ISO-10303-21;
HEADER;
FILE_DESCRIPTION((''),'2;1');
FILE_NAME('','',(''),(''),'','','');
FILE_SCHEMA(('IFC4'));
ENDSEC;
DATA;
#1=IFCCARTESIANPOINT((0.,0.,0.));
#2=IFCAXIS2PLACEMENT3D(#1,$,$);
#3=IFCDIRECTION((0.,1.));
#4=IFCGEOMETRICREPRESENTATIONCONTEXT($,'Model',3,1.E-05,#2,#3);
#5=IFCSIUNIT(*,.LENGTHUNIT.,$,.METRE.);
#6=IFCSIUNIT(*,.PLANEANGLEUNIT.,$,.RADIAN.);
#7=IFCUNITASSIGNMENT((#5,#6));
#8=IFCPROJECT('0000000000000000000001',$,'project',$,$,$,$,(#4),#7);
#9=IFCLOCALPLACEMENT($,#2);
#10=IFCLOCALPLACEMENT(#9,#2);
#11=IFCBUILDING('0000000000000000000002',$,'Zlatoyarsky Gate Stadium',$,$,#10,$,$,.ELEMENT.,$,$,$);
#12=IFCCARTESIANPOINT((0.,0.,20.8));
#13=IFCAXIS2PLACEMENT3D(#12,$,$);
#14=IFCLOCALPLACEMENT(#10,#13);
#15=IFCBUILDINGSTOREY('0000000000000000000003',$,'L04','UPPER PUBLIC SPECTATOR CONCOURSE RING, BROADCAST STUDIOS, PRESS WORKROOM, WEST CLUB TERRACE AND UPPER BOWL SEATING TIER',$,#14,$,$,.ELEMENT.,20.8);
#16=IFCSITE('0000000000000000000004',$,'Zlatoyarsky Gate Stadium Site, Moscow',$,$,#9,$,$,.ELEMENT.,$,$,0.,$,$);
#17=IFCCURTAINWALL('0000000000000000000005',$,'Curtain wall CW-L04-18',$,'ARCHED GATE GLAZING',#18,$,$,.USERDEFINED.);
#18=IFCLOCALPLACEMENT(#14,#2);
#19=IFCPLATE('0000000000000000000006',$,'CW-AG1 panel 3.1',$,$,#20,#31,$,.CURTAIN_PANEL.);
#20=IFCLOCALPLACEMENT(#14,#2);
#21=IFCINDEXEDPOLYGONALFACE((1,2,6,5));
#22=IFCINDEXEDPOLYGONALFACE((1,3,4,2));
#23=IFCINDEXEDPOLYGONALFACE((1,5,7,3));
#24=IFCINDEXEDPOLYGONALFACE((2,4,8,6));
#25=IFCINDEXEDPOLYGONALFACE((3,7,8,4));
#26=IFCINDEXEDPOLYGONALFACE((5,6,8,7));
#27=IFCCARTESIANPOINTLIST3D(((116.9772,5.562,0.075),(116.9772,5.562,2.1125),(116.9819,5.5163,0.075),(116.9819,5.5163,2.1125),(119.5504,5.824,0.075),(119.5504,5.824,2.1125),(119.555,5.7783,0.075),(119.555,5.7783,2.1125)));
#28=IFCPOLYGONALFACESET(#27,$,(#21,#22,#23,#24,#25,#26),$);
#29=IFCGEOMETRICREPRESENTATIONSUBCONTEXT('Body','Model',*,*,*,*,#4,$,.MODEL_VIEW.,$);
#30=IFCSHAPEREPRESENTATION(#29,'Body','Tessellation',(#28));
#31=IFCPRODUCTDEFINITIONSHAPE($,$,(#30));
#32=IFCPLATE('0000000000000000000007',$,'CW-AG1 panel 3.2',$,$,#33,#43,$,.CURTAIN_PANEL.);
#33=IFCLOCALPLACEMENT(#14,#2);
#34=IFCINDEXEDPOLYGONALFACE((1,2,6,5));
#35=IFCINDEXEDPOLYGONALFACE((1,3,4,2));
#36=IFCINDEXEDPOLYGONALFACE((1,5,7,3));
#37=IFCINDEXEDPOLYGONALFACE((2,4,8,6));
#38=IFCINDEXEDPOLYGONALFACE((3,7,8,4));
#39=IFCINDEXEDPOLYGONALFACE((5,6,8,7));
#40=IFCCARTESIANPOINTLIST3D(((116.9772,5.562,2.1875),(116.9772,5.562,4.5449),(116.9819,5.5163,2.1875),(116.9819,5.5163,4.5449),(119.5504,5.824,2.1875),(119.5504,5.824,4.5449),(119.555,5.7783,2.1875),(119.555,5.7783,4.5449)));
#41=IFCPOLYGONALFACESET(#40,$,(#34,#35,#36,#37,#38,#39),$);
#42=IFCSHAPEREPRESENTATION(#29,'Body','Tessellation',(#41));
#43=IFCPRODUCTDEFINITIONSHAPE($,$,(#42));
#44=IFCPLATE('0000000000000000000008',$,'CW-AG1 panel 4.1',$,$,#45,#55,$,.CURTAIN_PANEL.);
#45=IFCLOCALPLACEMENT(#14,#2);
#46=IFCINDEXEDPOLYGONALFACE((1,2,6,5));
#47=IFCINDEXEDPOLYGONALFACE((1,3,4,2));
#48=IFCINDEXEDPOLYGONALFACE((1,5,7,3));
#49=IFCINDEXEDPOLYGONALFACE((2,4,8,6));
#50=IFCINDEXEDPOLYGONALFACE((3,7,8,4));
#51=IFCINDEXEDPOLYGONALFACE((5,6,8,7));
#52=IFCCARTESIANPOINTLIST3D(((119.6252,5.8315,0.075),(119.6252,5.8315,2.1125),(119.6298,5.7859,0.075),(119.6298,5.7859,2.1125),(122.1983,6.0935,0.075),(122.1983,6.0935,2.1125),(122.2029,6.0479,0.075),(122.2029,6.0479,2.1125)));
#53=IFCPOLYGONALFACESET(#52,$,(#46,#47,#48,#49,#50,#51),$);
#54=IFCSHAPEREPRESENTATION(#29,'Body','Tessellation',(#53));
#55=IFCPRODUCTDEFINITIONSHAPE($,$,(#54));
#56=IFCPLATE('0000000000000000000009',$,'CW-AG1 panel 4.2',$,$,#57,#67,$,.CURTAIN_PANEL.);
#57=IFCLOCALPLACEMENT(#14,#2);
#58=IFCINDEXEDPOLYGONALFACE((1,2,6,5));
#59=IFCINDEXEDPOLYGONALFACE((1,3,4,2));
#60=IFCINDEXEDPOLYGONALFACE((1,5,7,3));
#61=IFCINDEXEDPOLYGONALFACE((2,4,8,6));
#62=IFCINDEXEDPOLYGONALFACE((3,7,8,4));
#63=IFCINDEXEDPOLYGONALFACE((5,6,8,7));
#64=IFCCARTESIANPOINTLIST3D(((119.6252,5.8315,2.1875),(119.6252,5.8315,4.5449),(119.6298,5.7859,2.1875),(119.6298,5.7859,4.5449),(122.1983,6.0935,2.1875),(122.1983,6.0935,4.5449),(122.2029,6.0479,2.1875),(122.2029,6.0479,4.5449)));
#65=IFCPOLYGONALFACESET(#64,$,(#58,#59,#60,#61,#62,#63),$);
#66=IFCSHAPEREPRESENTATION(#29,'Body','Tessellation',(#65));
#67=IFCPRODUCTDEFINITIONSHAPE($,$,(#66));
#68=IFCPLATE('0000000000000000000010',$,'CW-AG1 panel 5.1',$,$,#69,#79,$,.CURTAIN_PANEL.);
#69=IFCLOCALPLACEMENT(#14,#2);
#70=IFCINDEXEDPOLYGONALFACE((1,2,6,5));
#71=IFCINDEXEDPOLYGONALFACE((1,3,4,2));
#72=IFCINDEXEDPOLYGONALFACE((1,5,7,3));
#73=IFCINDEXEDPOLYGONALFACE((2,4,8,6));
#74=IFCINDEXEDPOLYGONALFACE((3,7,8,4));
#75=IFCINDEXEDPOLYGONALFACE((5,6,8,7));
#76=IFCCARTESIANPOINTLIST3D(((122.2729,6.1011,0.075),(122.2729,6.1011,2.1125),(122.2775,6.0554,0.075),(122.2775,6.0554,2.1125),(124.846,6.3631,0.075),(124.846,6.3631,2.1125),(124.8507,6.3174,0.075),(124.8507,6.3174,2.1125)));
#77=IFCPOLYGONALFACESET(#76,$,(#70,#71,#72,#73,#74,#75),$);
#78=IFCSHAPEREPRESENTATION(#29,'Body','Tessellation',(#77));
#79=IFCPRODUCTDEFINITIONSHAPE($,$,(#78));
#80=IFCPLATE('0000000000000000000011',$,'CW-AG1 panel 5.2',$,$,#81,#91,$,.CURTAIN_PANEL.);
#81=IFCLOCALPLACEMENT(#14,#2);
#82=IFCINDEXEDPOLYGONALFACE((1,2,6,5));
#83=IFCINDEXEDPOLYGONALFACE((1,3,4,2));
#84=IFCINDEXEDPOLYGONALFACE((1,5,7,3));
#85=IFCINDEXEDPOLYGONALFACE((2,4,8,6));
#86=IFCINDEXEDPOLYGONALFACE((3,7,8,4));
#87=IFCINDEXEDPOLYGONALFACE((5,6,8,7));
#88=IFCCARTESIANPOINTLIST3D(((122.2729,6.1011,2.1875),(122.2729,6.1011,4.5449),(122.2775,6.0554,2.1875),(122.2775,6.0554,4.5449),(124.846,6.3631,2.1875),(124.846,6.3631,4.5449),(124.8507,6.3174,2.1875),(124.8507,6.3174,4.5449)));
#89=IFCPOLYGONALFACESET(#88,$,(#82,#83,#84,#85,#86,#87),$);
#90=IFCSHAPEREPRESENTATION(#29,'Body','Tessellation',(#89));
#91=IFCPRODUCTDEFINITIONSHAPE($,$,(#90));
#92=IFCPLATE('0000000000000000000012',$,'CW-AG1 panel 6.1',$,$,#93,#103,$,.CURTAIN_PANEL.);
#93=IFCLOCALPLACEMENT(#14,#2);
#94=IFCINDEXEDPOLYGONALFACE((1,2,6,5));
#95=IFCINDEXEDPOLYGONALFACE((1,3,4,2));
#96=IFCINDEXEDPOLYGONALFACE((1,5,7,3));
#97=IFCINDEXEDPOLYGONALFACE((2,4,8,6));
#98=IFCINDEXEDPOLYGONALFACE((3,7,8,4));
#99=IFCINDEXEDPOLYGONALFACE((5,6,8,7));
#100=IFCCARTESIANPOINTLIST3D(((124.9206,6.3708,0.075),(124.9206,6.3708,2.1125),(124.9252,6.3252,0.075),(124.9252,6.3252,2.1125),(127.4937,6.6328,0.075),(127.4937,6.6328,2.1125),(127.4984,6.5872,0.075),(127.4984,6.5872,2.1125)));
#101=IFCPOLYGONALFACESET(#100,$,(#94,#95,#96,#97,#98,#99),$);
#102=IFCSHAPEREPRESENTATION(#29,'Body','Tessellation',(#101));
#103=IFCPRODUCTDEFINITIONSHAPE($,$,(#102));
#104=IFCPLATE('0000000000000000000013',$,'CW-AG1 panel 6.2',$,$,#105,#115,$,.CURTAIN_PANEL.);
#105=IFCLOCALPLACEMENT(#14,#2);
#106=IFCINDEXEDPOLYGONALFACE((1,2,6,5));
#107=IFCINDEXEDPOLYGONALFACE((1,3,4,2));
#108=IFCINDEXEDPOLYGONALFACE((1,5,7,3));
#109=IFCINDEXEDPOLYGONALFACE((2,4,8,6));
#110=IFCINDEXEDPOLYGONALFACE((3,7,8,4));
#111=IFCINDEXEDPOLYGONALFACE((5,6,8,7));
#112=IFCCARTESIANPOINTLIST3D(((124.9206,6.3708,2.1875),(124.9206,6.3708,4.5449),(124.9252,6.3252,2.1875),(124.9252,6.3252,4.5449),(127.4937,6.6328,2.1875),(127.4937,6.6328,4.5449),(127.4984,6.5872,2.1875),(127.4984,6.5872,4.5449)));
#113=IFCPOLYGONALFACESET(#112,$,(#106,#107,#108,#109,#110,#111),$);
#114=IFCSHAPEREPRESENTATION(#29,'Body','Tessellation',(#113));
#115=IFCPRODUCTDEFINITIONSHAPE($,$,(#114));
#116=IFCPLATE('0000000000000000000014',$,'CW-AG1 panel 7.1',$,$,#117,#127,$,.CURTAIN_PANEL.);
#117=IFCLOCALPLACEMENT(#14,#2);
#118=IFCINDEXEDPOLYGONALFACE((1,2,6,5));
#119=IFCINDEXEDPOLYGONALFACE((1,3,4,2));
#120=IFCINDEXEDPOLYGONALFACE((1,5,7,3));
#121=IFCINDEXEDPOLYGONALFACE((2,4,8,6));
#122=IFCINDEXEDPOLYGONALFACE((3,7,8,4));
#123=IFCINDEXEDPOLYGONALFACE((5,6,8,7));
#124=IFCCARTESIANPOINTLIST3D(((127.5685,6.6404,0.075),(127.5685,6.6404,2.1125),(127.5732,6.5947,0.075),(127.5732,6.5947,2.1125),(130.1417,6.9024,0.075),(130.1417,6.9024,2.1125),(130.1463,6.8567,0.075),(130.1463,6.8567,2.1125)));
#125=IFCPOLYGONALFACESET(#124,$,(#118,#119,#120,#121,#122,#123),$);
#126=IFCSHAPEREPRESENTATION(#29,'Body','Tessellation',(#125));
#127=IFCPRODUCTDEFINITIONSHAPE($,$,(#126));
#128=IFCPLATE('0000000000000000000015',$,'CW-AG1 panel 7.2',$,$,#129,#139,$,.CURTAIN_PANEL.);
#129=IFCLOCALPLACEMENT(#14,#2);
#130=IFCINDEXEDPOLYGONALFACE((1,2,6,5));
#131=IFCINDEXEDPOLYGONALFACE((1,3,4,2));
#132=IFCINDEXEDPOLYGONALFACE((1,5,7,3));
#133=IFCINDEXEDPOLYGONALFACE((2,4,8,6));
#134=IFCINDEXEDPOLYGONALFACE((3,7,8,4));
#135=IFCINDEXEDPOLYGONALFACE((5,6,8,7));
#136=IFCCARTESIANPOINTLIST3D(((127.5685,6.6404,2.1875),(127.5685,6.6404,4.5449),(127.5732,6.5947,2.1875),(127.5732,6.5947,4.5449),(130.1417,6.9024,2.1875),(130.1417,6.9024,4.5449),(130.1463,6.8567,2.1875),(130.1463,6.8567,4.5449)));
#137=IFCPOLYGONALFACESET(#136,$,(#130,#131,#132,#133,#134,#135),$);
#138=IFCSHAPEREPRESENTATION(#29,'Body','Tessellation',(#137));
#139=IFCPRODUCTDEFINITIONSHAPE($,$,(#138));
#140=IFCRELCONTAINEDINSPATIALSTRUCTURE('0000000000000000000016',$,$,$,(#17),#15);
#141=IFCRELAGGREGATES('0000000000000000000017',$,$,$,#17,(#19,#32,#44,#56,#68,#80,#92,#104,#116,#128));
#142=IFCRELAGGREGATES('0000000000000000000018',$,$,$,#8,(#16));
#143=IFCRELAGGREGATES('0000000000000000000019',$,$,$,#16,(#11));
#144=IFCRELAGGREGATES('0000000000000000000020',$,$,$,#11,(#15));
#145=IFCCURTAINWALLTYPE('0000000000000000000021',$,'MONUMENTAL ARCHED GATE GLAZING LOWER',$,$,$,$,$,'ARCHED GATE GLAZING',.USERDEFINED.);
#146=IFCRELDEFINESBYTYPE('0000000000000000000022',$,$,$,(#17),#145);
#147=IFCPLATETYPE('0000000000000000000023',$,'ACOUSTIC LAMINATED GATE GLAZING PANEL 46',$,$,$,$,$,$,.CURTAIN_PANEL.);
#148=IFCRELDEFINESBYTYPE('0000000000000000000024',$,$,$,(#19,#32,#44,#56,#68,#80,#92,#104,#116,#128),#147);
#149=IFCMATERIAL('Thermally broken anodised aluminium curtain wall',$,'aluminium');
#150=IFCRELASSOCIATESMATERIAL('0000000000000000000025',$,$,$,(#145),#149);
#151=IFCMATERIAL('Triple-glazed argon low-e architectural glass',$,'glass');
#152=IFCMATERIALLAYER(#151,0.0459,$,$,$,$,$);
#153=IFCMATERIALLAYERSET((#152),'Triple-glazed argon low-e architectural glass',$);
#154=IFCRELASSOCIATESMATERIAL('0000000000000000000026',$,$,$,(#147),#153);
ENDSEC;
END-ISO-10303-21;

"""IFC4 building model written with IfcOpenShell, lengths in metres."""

from ifc_helpers import new_model, si_unit, direction, frame, origin, origin_2d, place, context, subcontext, project, spatial, rectangle, extrude, material, layer, layer_set, type_object, element, aggregate, save


model = new_model("IFC4")

# Units and contexts
model_context = context("Model", 3, precision=1e-05, world=origin(), true_north=direction((0.0, 1.0)))
body_context = subcontext(model_context, "Body", "Model", "MODEL_VIEW")
ifc_project = project(units=[si_unit("LENGTHUNIT", "METRE"), si_unit("PLANEANGLEUNIT", "RADIAN")], contexts=[model_context])

# Site, building, storey
site_placement = place(None, origin())
site = spatial("IfcSite", under=ifc_project, at=site_placement, Name="Zlatoyarsky Gate Stadium Site, Moscow", CompositionType="ELEMENT", RefElevation=0.0)
building_placement = place(site_placement, origin())
building = spatial("IfcBuilding", under=site, at=building_placement, Name="Zlatoyarsky Gate Stadium", CompositionType="ELEMENT")
storey_placement = place(building_placement, frame((0.0, 0.0, 20.8)))
storey = spatial("IfcBuildingStorey", under=building, at=storey_placement, Name="L04", Description="UPPER PUBLIC SPECTATOR CONCOURSE RING, BROADCAST STUDIOS, PRESS WORKROOM, WEST CLUB TERRACE AND UPPER BOWL SEATING TIER", CompositionType="ELEMENT", Elevation=20.8)

# Curtain wall, plates
ifc_material_1 = material(Name="Thermally broken anodised aluminium curtain wall", Category="aluminium")
curtain_wall_type = type_object("IfcCurtainWallType", Name="MONUMENTAL ARCHED GATE GLAZING LOWER", ElementType="ARCHED GATE GLAZING", PredefinedType="USERDEFINED", material=ifc_material_1)
curtain_wall_placement = place(storey_placement, origin())
curtain_wall = element("IfcCurtainWall", 1, at=curtain_wall_placement, inside=storey, type_object=curtain_wall_type, Name="Curtain wall CW-L04-18", ObjectType="ARCHED GATE GLAZING", PredefinedType="USERDEFINED")
ifc_material_2 = material(Name="Triple-glazed argon low-e architectural glass", Category="glass")
ifc_layer = layer(ifc_material_2, 0.0459)
ifc_layer_set = layer_set([ifc_layer], Name="Triple-glazed argon low-e architectural glass")
plate_type = type_object("IfcPlateType", Name="ACOUSTIC LAMINATED GATE GLAZING PANEL 46", PredefinedType="CURTAIN_PANEL", material=ifc_layer_set)
plate_1_placement = place(storey_placement, frame((118.2661, 5.6702, 0.075), z_axis=(0.0, 0.0, 1.0), x_axis=(0.994857, 0.101293, 0.0)))
plate_1 = element("IfcPlate", 2, at=plate_1_placement, type_object=plate_type, Name="CW-AG1 panel 3.1", PredefinedType="CURTAIN_PANEL", context=body_context, shape_type="SweptSolid", body=[
    extrude(rectangle(XDim=2.5864, YDim=0.0459, at=origin_2d()), origin(), (0.0, 0.0, 1.0), 2.0376),
])
plate_2_placement = place(storey_placement, frame((118.2661, 5.6702, 2.1875), z_axis=(0.0, 0.0, 1.0), x_axis=(0.994857, 0.101293, 0.0)))
plate_2 = element("IfcPlate", 3, at=plate_2_placement, type_object=plate_type, Name="CW-AG1 panel 3.2", PredefinedType="CURTAIN_PANEL", context=body_context, shape_type="SweptSolid", body=[
    extrude(rectangle(XDim=2.5864, YDim=0.0459, at=origin_2d()), origin(), (0.0, 0.0, 1.0), 2.3574),
])
plate_3_placement = place(storey_placement, frame((120.9141, 5.9397, 0.075), z_axis=(0.0, 0.0, 1.0), x_axis=(0.994857, 0.101293, 0.0)))
plate_3 = element("IfcPlate", 4, at=plate_3_placement, type_object=plate_type, Name="CW-AG1 panel 4.1", PredefinedType="CURTAIN_PANEL", context=body_context, shape_type="SweptSolid", body=[
    extrude(rectangle(XDim=2.5864, YDim=0.0459, at=origin_2d()), origin(), (0.0, 0.0, 1.0), 2.0376),
])
plate_4_placement = place(storey_placement, frame((120.9141, 5.9397, 2.1875), z_axis=(0.0, 0.0, 1.0), x_axis=(0.994857, 0.101293, 0.0)))
plate_4 = element("IfcPlate", 5, at=plate_4_placement, type_object=plate_type, Name="CW-AG1 panel 4.2", PredefinedType="CURTAIN_PANEL", context=body_context, shape_type="SweptSolid", body=[
    extrude(rectangle(XDim=2.5864, YDim=0.0459, at=origin_2d()), origin(), (0.0, 0.0, 1.0), 2.3574),
])
plate_5_placement = place(storey_placement, frame((123.5618, 6.2092, 0.075), z_axis=(0.0, 0.0, 1.0), x_axis=(0.994857, 0.101293, 0.0)))
plate_5 = element("IfcPlate", 6, at=plate_5_placement, type_object=plate_type, Name="CW-AG1 panel 5.1", PredefinedType="CURTAIN_PANEL", context=body_context, shape_type="SweptSolid", body=[
    extrude(rectangle(XDim=2.5864, YDim=0.0459, at=origin_2d()), origin(), (0.0, 0.0, 1.0), 2.0376),
])
plate_6_placement = place(storey_placement, frame((123.5618, 6.2092, 2.1875), z_axis=(0.0, 0.0, 1.0), x_axis=(0.994857, 0.101293, 0.0)))
plate_6 = element("IfcPlate", 7, at=plate_6_placement, type_object=plate_type, Name="CW-AG1 panel 5.2", PredefinedType="CURTAIN_PANEL", context=body_context, shape_type="SweptSolid", body=[
    extrude(rectangle(XDim=2.5864, YDim=0.0459, at=origin_2d()), origin(), (0.0, 0.0, 1.0), 2.3574),
])
plate_7_placement = place(storey_placement, frame((126.2095, 6.479, 0.075), z_axis=(0.0, 0.0, 1.0), x_axis=(0.994857, 0.101293, 0.0)))
plate_7 = element("IfcPlate", 8, at=plate_7_placement, type_object=plate_type, Name="CW-AG1 panel 6.1", PredefinedType="CURTAIN_PANEL", context=body_context, shape_type="SweptSolid", body=[
    extrude(rectangle(XDim=2.5864, YDim=0.0459, at=origin_2d()), origin(), (0.0, 0.0, 1.0), 2.0376),
])
plate_8_placement = place(storey_placement, frame((126.2095, 6.479, 2.1875), z_axis=(0.0, 0.0, 1.0), x_axis=(0.994857, 0.101293, 0.0)))
plate_8 = element("IfcPlate", 9, at=plate_8_placement, type_object=plate_type, Name="CW-AG1 panel 6.2", PredefinedType="CURTAIN_PANEL", context=body_context, shape_type="SweptSolid", body=[
    extrude(rectangle(XDim=2.5864, YDim=0.0459, at=origin_2d()), origin(), (0.0, 0.0, 1.0), 2.3574),
])
plate_9_placement = place(storey_placement, frame((128.8574, 6.7485, 0.075), z_axis=(0.0, 0.0, 1.0), x_axis=(0.994857, 0.101293, 0.0)))
plate_9 = element("IfcPlate", 10, at=plate_9_placement, type_object=plate_type, Name="CW-AG1 panel 7.1", PredefinedType="CURTAIN_PANEL", context=body_context, shape_type="SweptSolid", body=[
    extrude(rectangle(XDim=2.5864, YDim=0.0459, at=origin_2d()), origin(), (0.0, 0.0, 1.0), 2.0376),
])
plate_10_placement = place(storey_placement, frame((128.8574, 6.7485, 2.1875), z_axis=(0.0, 0.0, 1.0), x_axis=(0.994857, 0.101293, 0.0)))
plate_10 = element("IfcPlate", 11, at=plate_10_placement, type_object=plate_type, Name="CW-AG1 panel 7.2", PredefinedType="CURTAIN_PANEL", context=body_context, shape_type="SweptSolid", body=[
    extrude(rectangle(XDim=2.5864, YDim=0.0459, at=origin_2d()), origin(), (0.0, 0.0, 1.0), 2.3574),
])
aggregate(curtain_wall, [plate_1, plate_2, plate_3, plate_4, plate_5, plate_6, plate_7, plate_8, plate_9, plate_10])

save(model, "model.ifc")
